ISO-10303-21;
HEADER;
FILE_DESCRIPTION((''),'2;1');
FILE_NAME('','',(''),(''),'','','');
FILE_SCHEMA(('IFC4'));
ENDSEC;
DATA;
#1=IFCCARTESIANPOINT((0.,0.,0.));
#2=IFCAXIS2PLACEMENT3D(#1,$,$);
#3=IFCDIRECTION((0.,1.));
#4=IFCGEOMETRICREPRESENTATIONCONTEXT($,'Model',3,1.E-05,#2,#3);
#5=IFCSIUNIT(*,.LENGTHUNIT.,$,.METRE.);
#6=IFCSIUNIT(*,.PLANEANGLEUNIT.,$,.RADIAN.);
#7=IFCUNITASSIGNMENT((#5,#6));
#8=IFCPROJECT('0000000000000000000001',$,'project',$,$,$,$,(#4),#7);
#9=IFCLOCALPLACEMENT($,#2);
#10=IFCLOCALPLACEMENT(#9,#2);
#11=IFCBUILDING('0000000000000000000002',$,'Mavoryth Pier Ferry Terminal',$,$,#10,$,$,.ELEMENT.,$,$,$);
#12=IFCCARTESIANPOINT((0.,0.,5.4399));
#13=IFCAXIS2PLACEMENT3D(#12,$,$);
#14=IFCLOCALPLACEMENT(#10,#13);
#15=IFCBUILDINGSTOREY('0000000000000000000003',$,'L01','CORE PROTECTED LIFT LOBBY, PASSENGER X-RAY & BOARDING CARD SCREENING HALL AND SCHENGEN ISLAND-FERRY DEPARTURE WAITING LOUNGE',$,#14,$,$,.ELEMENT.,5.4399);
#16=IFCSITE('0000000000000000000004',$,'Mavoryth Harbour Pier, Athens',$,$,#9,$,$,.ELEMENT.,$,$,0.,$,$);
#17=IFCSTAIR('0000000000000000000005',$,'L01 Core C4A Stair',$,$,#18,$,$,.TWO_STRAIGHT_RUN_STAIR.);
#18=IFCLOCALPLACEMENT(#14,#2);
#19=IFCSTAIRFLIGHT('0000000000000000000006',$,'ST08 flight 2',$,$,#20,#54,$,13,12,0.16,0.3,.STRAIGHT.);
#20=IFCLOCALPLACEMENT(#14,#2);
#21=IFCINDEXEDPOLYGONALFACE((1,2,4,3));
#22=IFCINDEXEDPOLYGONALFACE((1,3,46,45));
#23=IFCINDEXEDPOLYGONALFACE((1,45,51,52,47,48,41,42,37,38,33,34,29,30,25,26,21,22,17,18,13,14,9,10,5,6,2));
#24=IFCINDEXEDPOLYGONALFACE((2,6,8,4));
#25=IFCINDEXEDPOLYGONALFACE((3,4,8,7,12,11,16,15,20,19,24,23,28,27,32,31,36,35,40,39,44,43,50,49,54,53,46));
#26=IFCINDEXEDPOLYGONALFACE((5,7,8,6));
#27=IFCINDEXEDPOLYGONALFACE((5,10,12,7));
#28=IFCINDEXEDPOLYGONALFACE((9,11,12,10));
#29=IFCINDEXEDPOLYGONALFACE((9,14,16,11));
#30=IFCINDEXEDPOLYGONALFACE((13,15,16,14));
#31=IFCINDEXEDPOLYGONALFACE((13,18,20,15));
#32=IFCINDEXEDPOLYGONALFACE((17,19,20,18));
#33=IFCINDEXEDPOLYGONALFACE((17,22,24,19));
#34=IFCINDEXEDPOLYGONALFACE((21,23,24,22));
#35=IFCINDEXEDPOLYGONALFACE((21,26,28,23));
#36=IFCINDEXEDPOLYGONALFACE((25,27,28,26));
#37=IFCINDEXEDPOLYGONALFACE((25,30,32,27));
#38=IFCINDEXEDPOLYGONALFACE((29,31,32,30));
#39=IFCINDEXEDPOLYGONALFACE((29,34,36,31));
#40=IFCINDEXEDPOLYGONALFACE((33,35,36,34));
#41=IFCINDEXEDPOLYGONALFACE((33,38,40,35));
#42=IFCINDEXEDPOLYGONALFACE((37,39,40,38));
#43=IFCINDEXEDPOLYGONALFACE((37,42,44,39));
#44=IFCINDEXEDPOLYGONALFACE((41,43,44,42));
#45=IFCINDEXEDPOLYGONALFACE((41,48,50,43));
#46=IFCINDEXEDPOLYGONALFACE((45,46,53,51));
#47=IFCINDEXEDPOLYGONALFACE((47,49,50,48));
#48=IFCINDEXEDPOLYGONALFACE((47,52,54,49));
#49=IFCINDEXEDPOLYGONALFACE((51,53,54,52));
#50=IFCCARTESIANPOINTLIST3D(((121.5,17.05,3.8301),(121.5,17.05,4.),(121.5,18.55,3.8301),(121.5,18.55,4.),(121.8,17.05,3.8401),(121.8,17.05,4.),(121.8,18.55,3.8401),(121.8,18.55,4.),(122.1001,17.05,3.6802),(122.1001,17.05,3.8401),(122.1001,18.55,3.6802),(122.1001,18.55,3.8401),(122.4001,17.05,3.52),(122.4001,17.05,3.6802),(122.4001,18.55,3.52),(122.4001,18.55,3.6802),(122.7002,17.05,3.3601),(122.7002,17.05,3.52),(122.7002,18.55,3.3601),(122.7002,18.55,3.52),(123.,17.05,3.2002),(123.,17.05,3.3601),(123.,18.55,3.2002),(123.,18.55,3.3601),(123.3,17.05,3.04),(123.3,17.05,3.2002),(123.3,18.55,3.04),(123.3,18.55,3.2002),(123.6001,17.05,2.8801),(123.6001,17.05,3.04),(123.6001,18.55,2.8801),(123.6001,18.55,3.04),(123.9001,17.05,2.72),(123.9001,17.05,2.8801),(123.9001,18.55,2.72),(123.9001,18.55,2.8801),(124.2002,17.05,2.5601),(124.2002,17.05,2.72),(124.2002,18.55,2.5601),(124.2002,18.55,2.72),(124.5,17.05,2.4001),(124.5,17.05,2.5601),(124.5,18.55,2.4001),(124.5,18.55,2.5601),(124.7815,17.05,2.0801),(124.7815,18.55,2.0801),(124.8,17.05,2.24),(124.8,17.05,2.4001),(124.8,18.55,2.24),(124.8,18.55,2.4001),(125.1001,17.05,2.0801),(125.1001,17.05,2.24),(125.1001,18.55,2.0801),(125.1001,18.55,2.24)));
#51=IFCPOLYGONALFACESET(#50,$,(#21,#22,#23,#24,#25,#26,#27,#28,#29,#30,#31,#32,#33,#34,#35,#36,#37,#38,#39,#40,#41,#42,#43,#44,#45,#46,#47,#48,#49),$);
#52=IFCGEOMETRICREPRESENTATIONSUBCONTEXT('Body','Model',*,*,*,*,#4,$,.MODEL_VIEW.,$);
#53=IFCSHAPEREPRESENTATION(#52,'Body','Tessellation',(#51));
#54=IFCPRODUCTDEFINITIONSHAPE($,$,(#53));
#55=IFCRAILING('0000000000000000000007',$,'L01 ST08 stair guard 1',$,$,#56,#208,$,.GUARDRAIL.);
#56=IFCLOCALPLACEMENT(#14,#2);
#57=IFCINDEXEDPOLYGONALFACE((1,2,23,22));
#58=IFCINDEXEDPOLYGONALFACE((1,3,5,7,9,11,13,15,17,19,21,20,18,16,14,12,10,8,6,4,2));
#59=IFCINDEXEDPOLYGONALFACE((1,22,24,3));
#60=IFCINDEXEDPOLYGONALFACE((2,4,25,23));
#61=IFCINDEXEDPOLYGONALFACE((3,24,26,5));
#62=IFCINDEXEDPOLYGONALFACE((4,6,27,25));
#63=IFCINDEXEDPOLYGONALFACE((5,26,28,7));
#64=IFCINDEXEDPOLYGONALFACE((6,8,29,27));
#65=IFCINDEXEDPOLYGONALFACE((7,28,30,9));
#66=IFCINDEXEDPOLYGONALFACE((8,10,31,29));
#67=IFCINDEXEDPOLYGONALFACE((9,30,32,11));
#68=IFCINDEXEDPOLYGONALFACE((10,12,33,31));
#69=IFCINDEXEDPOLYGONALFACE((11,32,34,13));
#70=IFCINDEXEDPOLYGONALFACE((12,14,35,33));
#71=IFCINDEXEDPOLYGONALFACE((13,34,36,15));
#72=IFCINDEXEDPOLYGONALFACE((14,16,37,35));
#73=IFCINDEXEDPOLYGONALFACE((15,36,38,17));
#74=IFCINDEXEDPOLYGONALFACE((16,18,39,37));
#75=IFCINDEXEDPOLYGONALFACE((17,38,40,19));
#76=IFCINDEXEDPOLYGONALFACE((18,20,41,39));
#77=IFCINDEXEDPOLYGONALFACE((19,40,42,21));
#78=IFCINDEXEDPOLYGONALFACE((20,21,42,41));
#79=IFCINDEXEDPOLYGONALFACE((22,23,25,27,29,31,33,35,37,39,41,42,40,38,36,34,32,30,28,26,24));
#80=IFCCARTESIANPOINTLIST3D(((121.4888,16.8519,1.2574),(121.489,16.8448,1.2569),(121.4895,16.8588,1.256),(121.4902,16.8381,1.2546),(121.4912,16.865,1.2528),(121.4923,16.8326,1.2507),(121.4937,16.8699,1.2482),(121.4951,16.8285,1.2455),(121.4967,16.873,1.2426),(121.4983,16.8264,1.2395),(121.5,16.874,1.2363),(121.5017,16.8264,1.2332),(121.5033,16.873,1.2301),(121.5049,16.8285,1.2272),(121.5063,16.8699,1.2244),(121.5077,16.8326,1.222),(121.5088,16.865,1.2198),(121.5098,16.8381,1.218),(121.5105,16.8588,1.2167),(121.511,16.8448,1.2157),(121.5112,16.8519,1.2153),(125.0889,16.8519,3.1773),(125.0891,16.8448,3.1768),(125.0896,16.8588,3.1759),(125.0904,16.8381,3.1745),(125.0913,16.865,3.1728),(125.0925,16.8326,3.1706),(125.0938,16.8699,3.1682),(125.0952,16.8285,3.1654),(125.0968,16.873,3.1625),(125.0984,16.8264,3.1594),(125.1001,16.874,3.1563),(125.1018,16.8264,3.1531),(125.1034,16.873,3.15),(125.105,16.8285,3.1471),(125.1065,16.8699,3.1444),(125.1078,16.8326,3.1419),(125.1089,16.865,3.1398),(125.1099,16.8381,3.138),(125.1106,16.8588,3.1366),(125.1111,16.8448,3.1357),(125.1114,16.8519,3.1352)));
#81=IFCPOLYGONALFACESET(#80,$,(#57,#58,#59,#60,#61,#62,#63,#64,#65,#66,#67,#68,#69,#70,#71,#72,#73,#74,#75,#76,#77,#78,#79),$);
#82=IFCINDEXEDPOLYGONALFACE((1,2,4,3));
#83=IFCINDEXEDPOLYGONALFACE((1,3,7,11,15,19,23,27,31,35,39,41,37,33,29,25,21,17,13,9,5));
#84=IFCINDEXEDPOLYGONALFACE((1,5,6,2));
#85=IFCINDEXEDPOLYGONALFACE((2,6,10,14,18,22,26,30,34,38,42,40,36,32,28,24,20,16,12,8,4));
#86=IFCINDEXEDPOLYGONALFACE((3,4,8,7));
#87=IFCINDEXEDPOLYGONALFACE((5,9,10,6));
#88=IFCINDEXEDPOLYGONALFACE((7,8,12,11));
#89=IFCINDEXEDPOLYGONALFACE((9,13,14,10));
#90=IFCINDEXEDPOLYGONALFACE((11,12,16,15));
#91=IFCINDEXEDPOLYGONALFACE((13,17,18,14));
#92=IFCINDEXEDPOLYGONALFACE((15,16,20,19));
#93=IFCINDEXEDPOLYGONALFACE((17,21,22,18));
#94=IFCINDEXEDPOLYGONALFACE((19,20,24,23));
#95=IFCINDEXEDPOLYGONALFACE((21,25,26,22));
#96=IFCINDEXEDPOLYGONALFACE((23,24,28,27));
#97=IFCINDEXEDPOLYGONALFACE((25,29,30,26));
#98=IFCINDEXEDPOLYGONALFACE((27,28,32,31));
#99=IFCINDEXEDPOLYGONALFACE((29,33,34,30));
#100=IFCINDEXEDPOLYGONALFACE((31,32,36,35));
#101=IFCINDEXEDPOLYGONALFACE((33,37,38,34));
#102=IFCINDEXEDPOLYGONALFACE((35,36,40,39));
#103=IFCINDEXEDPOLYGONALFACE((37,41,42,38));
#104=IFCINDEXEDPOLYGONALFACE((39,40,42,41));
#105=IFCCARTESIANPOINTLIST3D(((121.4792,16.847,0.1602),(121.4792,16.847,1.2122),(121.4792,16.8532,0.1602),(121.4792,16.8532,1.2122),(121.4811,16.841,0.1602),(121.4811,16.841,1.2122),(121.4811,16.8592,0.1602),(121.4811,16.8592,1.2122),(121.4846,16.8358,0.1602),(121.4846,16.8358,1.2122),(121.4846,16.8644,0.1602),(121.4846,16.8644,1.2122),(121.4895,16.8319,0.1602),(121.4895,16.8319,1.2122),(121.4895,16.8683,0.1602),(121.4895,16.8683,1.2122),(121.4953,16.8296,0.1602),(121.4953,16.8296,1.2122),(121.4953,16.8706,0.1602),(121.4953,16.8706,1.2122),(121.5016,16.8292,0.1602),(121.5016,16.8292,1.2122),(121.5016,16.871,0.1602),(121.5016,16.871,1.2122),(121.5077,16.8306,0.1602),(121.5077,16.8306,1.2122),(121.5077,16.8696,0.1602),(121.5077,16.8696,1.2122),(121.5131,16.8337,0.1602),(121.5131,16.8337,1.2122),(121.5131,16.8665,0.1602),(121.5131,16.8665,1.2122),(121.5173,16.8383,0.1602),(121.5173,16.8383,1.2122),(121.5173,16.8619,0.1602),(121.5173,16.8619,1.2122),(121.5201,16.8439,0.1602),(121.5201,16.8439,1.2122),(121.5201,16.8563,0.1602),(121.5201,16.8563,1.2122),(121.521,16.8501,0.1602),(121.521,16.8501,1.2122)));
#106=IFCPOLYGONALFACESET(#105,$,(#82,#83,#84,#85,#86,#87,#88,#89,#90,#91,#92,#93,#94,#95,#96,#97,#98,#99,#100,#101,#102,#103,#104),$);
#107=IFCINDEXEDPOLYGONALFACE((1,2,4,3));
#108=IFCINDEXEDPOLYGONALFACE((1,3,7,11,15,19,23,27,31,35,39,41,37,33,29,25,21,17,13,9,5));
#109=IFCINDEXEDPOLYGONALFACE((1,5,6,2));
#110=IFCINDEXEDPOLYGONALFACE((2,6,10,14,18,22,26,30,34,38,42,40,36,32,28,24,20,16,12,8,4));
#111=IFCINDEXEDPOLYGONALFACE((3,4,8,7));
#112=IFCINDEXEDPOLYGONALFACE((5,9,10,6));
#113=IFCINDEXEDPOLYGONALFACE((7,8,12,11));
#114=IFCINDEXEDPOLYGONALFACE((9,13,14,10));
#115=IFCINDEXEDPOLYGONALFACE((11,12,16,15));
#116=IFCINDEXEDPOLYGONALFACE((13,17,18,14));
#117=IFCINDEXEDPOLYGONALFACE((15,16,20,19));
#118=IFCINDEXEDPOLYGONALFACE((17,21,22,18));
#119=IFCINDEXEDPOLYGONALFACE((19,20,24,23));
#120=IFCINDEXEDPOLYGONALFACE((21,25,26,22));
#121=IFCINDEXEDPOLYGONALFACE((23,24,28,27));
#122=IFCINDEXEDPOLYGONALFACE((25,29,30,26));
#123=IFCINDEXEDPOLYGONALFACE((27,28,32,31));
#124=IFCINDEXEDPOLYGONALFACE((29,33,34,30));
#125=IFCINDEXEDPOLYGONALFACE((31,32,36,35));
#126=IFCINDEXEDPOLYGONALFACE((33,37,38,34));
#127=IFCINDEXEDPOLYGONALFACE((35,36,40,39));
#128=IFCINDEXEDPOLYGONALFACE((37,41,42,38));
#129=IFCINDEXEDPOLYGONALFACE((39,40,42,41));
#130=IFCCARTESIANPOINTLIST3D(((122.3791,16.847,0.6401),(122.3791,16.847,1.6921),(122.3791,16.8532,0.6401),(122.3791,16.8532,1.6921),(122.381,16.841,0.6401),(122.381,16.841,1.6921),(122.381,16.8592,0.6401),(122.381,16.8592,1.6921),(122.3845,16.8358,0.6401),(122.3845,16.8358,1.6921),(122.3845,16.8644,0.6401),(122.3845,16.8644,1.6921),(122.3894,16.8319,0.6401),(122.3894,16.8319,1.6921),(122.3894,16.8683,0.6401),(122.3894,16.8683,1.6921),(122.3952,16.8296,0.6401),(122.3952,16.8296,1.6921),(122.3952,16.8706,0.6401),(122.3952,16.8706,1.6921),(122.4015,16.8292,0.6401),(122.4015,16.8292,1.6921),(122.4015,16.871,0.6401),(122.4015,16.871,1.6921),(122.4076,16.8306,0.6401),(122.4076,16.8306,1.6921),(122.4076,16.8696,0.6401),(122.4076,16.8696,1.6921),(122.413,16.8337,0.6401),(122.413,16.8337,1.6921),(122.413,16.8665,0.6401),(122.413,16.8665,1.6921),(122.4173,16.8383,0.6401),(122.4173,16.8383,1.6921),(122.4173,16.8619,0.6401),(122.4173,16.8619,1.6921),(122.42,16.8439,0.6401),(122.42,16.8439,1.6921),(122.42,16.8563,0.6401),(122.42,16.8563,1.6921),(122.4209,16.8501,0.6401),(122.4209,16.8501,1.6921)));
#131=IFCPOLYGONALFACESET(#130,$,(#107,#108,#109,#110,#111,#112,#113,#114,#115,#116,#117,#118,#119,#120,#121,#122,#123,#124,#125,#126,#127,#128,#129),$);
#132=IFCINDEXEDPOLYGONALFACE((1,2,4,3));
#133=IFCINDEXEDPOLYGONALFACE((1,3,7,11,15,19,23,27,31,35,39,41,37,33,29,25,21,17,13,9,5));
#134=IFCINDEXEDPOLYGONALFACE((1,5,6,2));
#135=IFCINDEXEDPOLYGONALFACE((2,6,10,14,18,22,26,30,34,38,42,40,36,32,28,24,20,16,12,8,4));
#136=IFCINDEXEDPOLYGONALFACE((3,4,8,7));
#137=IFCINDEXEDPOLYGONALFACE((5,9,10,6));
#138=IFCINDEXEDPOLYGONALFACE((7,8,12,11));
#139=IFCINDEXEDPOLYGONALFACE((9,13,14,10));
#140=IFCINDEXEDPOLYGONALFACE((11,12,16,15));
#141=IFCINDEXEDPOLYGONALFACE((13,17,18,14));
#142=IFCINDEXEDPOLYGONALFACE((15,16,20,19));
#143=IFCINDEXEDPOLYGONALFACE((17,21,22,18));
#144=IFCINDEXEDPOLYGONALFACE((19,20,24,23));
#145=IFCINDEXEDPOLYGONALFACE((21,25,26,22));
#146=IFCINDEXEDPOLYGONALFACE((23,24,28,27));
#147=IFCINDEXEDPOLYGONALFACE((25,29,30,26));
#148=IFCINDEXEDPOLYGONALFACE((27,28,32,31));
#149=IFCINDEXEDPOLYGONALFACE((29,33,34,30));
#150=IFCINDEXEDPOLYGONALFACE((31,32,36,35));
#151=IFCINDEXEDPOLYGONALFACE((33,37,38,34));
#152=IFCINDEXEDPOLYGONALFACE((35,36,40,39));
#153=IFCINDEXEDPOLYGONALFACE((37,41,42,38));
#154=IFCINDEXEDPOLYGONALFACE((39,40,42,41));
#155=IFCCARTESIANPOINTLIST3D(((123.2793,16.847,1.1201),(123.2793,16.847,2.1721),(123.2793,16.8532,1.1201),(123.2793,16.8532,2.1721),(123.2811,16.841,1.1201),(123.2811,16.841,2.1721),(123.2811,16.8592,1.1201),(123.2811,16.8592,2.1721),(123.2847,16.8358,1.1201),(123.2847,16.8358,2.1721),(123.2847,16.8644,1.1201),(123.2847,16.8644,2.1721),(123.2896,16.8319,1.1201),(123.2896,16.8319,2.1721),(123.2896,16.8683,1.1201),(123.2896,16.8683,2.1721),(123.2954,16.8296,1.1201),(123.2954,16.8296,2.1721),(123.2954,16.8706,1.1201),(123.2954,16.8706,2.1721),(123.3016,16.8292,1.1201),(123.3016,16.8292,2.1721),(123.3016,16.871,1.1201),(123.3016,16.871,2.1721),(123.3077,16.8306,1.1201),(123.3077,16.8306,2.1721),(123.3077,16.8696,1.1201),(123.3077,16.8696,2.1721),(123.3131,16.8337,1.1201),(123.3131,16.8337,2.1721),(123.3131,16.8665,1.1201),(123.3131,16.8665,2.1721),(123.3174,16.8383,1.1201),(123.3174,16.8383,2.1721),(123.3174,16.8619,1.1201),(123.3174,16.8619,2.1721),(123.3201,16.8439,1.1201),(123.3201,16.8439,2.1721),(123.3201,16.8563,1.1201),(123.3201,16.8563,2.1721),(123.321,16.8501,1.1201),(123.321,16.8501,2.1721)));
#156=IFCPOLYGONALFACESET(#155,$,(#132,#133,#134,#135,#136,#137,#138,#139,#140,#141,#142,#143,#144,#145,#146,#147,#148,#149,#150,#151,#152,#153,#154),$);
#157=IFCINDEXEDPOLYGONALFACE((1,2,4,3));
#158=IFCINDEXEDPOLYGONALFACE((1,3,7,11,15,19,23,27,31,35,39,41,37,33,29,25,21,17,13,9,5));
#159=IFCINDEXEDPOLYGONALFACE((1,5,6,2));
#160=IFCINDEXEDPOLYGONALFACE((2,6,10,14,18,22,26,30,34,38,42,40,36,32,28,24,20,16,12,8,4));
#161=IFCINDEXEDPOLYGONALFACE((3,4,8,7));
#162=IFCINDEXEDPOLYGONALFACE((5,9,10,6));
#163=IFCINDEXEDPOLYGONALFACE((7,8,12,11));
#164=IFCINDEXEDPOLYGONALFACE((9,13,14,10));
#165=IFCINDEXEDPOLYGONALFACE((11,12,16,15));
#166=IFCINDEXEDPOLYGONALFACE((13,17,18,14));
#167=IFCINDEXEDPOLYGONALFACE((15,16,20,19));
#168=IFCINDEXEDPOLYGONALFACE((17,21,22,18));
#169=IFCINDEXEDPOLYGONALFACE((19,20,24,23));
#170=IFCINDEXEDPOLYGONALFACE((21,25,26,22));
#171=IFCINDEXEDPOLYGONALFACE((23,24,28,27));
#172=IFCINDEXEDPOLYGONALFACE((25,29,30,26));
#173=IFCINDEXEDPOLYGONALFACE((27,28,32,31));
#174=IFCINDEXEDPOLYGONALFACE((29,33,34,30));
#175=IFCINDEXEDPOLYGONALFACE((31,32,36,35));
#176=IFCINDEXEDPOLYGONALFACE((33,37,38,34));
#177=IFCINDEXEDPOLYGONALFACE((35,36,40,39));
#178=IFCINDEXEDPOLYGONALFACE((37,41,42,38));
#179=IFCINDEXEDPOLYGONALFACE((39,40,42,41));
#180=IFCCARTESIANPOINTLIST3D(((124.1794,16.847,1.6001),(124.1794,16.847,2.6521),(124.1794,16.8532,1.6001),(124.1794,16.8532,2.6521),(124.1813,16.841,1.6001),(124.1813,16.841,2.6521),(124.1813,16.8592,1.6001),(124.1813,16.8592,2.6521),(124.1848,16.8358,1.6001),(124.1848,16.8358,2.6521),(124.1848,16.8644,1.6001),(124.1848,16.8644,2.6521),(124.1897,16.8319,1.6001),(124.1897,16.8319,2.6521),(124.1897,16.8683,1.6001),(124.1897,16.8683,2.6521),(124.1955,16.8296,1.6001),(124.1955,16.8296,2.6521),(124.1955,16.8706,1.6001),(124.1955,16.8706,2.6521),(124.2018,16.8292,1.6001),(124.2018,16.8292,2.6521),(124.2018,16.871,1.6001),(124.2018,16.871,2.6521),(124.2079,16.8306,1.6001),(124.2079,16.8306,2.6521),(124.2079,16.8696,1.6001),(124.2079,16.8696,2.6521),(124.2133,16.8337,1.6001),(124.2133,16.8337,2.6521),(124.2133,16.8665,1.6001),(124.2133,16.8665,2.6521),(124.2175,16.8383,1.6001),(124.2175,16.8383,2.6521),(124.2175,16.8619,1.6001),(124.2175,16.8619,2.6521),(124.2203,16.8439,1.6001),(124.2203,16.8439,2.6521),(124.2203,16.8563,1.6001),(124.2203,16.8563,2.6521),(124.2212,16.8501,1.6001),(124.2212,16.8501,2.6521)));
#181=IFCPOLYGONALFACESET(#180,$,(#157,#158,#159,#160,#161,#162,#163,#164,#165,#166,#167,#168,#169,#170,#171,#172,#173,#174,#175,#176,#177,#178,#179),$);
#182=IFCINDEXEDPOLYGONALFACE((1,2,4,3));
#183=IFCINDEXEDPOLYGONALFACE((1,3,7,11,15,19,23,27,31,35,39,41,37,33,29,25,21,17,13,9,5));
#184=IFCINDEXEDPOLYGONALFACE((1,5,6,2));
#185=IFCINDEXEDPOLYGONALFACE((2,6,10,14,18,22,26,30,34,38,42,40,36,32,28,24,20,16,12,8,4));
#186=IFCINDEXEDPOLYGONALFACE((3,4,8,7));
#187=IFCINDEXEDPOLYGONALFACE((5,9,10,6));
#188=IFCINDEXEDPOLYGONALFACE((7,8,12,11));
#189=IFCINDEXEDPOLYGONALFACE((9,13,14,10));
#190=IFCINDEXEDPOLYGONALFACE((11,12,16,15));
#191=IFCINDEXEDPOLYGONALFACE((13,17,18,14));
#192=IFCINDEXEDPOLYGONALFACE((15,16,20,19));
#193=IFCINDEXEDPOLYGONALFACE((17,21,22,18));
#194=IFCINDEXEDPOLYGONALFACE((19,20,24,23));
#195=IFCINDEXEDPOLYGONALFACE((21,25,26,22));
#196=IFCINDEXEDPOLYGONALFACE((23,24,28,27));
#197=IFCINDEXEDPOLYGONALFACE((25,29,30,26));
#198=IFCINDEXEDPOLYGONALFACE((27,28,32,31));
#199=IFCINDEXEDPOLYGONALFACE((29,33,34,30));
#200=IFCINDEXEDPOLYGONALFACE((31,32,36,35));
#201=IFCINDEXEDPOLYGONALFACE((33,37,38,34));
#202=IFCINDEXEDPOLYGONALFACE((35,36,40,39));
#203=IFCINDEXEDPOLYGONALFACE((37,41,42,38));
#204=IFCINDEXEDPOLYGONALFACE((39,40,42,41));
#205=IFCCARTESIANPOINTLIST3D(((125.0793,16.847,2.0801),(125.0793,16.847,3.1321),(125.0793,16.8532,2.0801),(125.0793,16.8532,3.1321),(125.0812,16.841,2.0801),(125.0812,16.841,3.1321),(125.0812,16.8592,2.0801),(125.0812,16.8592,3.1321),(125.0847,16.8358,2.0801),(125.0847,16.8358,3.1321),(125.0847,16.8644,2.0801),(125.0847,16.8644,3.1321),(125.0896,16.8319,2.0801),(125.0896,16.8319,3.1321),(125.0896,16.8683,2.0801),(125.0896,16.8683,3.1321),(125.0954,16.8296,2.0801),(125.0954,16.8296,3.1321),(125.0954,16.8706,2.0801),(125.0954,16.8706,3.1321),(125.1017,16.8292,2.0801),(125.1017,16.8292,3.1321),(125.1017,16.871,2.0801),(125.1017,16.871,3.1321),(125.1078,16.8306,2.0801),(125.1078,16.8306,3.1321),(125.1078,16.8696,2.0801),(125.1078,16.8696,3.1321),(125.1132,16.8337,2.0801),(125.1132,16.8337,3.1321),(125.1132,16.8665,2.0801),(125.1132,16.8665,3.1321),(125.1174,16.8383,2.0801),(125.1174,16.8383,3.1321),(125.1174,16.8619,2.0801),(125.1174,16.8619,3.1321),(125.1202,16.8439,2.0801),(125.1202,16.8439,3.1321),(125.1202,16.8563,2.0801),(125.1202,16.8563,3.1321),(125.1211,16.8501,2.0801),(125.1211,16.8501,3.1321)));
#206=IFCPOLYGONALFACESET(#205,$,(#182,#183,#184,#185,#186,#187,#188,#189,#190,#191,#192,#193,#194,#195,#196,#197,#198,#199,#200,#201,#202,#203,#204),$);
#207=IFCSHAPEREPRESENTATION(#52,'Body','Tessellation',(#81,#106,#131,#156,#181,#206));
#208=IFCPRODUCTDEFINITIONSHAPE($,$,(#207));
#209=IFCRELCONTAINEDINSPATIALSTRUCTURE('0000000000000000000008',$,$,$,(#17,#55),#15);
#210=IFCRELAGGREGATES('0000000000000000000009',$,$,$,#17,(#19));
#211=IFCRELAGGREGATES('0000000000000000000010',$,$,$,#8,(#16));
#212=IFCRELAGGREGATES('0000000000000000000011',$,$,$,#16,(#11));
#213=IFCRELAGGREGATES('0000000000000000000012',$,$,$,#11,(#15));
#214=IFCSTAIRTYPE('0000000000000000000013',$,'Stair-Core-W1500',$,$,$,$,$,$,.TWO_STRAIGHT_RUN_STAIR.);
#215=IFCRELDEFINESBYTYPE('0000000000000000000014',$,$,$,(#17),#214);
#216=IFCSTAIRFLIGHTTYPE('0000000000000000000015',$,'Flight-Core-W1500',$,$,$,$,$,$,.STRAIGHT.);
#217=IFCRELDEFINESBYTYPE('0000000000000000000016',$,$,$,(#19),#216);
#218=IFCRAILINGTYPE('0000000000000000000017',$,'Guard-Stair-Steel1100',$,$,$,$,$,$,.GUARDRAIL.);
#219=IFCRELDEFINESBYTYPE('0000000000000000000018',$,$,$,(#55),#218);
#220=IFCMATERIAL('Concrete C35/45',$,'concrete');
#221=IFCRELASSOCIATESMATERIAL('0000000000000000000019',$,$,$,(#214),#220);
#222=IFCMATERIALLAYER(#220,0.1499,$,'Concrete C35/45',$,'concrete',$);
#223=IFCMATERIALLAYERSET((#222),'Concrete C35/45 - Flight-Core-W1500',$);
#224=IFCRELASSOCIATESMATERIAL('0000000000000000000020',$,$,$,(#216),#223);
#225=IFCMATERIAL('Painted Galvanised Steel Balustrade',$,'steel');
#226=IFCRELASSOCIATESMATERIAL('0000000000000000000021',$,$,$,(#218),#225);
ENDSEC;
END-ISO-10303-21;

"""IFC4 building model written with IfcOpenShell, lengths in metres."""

from ifc_helpers import new_model, si_unit, direction, frame, origin, origin_2d, place, context, subcontext, project, spatial, polyline, circle, outline, extrude, material, layer, layer_set, type_object, element, aggregate, save


model = new_model("IFC4")

# Units and contexts
model_context = context("Model", 3, precision=1e-05, world=origin(), true_north=direction((0.0, 1.0)))
body_context = subcontext(model_context, "Body", "Model", "MODEL_VIEW")
ifc_project = project(units=[si_unit("LENGTHUNIT", "METRE"), si_unit("PLANEANGLEUNIT", "RADIAN")], contexts=[model_context])

# Site, building, storey
site_placement = place(None, origin())
site = spatial("IfcSite", under=ifc_project, at=site_placement, Name="Mavoryth Harbour Pier, Athens", CompositionType="ELEMENT", RefElevation=0.0)
building_placement = place(site_placement, origin())
building = spatial("IfcBuilding", under=site, at=building_placement, Name="Mavoryth Pier Ferry Terminal", CompositionType="ELEMENT")
storey_placement = place(building_placement, frame((0.0, 0.0, 5.4399)))
storey = spatial("IfcBuildingStorey", under=building, at=storey_placement, Name="L01", Description="CORE PROTECTED LIFT LOBBY, PASSENGER X-RAY & BOARDING CARD SCREENING HALL AND SCHENGEN ISLAND-FERRY DEPARTURE WAITING LOUNGE", CompositionType="ELEMENT", Elevation=5.4399)

# Shared definitions
ifc_material_1 = material(Name="Concrete C35/45", Category="concrete")

# Stair, stair flight
stair_type = type_object("IfcStairType", Name="Stair-Core-W1500", PredefinedType="TWO_STRAIGHT_RUN_STAIR", material=ifc_material_1)
stair_placement = place(storey_placement, origin())
stair = element("IfcStair", 1, at=stair_placement, inside=storey, type_object=stair_type, Name="L01 Core C4A Stair", PredefinedType="TWO_STRAIGHT_RUN_STAIR")
ifc_layer_1 = layer(ifc_material_1, 0.1499, Name="Concrete C35/45", Category="concrete")
ifc_layer_set_1 = layer_set([ifc_layer_1], Name="Concrete C35/45 - Flight-Core-W1500")
stair_flight_type = type_object("IfcStairFlightType", Name="Flight-Core-W1500", PredefinedType="STRAIGHT", material=ifc_layer_set_1)
stair_flight_1_placement = place(storey_placement, frame((125.1001, 17.8, 2.0801), z_axis=(0.0, 0.0, 1.0), x_axis=(-1.0, 0.0, 0.0)))
stair_flight_1 = element("IfcStairFlight", 2, at=stair_flight_1_placement, type_object=stair_flight_type, Name="ST08 flight 2", NumberOfRisers=13, NumberOfTreads=12, PredefinedType="STRAIGHT", RiserHeight=0.16, TreadLength=0.3, context=body_context, shape_type="SweptSolid", body=[
    extrude(outline(polyline([(0.0, 0.0), (0.0, 0.1599), (0.3, 0.1599), (0.3, 0.3201), (0.6001, 0.3201), (0.6001, 0.48), (0.8999, 0.48), (0.8999, 0.6399), (1.2, 0.6399), (1.2, 0.8), (1.5, 0.8), (1.5, 0.96), (1.8, 0.96), (1.8, 1.1201), (2.1001, 1.1201), (2.1001, 1.28), (2.3999, 1.28), (2.3999, 1.4399), (2.7, 1.4399), (2.7, 1.6001), (3.0, 1.6001), (3.0, 1.76), (3.3, 1.76), (3.3, 1.9199), (3.6001, 1.9199), (3.6001, 2.0801), (3.6001, 1.75), (0.3186, 0.0), (0.0, 0.0)])), frame((0.0, 0.75, 0.0), z_axis=(0.0, -1.0, 0.0), x_axis=(1.0, 0.0, 0.0)), (0.0, 0.0, 1.0), 1.5),
])
aggregate(stair, [stair_flight_1])

# Railing
ifc_material_2 = material(Name="Painted Galvanised Steel Balustrade", Category="steel")
railing_type_1 = type_object("IfcRailingType", Name="Guard-Stair-Steel1100", PredefinedType="GUARDRAIL", material=ifc_material_2)
railing_1_placement = place(storey_placement, frame((121.5, 16.8501, 0.1602)))
element("IfcRailing", 3, at=railing_1_placement, inside=storey, type_object=railing_type_1, Name="L01 ST08 stair guard 1", PredefinedType="GUARDRAIL", context=body_context, shape_type="SweptSolid", body=[
    extrude(circle(Radius=0.0239, at=origin_2d()), frame((0.0, 0.0, 1.0762), z_axis=(0.882366, 0.0, 0.470563), x_axis=(0.0, 1.0, 0.0)), (0.0, 0.0, 1.0), 4.0801),
    extrude(circle(Radius=0.021, at=origin_2d()), origin(), (0.0, 0.0, 1.0), 1.052),
    extrude(circle(Radius=0.021, at=origin_2d()), frame((0.8999, 0.0, 0.48)), (0.0, 0.0, 1.0), 1.052),
    extrude(circle(Radius=0.021, at=origin_2d()), frame((1.8, 0.0, 0.96)), (0.0, 0.0, 1.0), 1.052),
    extrude(circle(Radius=0.021, at=origin_2d()), frame((2.7002, 0.0, 1.4399)), (0.0, 0.0, 1.0), 1.052),
    extrude(circle(Radius=0.021, at=origin_2d()), frame((3.6001, 0.0, 1.9199)), (0.0, 0.0, 1.0), 1.052),
])

save(model, "model.ifc")
